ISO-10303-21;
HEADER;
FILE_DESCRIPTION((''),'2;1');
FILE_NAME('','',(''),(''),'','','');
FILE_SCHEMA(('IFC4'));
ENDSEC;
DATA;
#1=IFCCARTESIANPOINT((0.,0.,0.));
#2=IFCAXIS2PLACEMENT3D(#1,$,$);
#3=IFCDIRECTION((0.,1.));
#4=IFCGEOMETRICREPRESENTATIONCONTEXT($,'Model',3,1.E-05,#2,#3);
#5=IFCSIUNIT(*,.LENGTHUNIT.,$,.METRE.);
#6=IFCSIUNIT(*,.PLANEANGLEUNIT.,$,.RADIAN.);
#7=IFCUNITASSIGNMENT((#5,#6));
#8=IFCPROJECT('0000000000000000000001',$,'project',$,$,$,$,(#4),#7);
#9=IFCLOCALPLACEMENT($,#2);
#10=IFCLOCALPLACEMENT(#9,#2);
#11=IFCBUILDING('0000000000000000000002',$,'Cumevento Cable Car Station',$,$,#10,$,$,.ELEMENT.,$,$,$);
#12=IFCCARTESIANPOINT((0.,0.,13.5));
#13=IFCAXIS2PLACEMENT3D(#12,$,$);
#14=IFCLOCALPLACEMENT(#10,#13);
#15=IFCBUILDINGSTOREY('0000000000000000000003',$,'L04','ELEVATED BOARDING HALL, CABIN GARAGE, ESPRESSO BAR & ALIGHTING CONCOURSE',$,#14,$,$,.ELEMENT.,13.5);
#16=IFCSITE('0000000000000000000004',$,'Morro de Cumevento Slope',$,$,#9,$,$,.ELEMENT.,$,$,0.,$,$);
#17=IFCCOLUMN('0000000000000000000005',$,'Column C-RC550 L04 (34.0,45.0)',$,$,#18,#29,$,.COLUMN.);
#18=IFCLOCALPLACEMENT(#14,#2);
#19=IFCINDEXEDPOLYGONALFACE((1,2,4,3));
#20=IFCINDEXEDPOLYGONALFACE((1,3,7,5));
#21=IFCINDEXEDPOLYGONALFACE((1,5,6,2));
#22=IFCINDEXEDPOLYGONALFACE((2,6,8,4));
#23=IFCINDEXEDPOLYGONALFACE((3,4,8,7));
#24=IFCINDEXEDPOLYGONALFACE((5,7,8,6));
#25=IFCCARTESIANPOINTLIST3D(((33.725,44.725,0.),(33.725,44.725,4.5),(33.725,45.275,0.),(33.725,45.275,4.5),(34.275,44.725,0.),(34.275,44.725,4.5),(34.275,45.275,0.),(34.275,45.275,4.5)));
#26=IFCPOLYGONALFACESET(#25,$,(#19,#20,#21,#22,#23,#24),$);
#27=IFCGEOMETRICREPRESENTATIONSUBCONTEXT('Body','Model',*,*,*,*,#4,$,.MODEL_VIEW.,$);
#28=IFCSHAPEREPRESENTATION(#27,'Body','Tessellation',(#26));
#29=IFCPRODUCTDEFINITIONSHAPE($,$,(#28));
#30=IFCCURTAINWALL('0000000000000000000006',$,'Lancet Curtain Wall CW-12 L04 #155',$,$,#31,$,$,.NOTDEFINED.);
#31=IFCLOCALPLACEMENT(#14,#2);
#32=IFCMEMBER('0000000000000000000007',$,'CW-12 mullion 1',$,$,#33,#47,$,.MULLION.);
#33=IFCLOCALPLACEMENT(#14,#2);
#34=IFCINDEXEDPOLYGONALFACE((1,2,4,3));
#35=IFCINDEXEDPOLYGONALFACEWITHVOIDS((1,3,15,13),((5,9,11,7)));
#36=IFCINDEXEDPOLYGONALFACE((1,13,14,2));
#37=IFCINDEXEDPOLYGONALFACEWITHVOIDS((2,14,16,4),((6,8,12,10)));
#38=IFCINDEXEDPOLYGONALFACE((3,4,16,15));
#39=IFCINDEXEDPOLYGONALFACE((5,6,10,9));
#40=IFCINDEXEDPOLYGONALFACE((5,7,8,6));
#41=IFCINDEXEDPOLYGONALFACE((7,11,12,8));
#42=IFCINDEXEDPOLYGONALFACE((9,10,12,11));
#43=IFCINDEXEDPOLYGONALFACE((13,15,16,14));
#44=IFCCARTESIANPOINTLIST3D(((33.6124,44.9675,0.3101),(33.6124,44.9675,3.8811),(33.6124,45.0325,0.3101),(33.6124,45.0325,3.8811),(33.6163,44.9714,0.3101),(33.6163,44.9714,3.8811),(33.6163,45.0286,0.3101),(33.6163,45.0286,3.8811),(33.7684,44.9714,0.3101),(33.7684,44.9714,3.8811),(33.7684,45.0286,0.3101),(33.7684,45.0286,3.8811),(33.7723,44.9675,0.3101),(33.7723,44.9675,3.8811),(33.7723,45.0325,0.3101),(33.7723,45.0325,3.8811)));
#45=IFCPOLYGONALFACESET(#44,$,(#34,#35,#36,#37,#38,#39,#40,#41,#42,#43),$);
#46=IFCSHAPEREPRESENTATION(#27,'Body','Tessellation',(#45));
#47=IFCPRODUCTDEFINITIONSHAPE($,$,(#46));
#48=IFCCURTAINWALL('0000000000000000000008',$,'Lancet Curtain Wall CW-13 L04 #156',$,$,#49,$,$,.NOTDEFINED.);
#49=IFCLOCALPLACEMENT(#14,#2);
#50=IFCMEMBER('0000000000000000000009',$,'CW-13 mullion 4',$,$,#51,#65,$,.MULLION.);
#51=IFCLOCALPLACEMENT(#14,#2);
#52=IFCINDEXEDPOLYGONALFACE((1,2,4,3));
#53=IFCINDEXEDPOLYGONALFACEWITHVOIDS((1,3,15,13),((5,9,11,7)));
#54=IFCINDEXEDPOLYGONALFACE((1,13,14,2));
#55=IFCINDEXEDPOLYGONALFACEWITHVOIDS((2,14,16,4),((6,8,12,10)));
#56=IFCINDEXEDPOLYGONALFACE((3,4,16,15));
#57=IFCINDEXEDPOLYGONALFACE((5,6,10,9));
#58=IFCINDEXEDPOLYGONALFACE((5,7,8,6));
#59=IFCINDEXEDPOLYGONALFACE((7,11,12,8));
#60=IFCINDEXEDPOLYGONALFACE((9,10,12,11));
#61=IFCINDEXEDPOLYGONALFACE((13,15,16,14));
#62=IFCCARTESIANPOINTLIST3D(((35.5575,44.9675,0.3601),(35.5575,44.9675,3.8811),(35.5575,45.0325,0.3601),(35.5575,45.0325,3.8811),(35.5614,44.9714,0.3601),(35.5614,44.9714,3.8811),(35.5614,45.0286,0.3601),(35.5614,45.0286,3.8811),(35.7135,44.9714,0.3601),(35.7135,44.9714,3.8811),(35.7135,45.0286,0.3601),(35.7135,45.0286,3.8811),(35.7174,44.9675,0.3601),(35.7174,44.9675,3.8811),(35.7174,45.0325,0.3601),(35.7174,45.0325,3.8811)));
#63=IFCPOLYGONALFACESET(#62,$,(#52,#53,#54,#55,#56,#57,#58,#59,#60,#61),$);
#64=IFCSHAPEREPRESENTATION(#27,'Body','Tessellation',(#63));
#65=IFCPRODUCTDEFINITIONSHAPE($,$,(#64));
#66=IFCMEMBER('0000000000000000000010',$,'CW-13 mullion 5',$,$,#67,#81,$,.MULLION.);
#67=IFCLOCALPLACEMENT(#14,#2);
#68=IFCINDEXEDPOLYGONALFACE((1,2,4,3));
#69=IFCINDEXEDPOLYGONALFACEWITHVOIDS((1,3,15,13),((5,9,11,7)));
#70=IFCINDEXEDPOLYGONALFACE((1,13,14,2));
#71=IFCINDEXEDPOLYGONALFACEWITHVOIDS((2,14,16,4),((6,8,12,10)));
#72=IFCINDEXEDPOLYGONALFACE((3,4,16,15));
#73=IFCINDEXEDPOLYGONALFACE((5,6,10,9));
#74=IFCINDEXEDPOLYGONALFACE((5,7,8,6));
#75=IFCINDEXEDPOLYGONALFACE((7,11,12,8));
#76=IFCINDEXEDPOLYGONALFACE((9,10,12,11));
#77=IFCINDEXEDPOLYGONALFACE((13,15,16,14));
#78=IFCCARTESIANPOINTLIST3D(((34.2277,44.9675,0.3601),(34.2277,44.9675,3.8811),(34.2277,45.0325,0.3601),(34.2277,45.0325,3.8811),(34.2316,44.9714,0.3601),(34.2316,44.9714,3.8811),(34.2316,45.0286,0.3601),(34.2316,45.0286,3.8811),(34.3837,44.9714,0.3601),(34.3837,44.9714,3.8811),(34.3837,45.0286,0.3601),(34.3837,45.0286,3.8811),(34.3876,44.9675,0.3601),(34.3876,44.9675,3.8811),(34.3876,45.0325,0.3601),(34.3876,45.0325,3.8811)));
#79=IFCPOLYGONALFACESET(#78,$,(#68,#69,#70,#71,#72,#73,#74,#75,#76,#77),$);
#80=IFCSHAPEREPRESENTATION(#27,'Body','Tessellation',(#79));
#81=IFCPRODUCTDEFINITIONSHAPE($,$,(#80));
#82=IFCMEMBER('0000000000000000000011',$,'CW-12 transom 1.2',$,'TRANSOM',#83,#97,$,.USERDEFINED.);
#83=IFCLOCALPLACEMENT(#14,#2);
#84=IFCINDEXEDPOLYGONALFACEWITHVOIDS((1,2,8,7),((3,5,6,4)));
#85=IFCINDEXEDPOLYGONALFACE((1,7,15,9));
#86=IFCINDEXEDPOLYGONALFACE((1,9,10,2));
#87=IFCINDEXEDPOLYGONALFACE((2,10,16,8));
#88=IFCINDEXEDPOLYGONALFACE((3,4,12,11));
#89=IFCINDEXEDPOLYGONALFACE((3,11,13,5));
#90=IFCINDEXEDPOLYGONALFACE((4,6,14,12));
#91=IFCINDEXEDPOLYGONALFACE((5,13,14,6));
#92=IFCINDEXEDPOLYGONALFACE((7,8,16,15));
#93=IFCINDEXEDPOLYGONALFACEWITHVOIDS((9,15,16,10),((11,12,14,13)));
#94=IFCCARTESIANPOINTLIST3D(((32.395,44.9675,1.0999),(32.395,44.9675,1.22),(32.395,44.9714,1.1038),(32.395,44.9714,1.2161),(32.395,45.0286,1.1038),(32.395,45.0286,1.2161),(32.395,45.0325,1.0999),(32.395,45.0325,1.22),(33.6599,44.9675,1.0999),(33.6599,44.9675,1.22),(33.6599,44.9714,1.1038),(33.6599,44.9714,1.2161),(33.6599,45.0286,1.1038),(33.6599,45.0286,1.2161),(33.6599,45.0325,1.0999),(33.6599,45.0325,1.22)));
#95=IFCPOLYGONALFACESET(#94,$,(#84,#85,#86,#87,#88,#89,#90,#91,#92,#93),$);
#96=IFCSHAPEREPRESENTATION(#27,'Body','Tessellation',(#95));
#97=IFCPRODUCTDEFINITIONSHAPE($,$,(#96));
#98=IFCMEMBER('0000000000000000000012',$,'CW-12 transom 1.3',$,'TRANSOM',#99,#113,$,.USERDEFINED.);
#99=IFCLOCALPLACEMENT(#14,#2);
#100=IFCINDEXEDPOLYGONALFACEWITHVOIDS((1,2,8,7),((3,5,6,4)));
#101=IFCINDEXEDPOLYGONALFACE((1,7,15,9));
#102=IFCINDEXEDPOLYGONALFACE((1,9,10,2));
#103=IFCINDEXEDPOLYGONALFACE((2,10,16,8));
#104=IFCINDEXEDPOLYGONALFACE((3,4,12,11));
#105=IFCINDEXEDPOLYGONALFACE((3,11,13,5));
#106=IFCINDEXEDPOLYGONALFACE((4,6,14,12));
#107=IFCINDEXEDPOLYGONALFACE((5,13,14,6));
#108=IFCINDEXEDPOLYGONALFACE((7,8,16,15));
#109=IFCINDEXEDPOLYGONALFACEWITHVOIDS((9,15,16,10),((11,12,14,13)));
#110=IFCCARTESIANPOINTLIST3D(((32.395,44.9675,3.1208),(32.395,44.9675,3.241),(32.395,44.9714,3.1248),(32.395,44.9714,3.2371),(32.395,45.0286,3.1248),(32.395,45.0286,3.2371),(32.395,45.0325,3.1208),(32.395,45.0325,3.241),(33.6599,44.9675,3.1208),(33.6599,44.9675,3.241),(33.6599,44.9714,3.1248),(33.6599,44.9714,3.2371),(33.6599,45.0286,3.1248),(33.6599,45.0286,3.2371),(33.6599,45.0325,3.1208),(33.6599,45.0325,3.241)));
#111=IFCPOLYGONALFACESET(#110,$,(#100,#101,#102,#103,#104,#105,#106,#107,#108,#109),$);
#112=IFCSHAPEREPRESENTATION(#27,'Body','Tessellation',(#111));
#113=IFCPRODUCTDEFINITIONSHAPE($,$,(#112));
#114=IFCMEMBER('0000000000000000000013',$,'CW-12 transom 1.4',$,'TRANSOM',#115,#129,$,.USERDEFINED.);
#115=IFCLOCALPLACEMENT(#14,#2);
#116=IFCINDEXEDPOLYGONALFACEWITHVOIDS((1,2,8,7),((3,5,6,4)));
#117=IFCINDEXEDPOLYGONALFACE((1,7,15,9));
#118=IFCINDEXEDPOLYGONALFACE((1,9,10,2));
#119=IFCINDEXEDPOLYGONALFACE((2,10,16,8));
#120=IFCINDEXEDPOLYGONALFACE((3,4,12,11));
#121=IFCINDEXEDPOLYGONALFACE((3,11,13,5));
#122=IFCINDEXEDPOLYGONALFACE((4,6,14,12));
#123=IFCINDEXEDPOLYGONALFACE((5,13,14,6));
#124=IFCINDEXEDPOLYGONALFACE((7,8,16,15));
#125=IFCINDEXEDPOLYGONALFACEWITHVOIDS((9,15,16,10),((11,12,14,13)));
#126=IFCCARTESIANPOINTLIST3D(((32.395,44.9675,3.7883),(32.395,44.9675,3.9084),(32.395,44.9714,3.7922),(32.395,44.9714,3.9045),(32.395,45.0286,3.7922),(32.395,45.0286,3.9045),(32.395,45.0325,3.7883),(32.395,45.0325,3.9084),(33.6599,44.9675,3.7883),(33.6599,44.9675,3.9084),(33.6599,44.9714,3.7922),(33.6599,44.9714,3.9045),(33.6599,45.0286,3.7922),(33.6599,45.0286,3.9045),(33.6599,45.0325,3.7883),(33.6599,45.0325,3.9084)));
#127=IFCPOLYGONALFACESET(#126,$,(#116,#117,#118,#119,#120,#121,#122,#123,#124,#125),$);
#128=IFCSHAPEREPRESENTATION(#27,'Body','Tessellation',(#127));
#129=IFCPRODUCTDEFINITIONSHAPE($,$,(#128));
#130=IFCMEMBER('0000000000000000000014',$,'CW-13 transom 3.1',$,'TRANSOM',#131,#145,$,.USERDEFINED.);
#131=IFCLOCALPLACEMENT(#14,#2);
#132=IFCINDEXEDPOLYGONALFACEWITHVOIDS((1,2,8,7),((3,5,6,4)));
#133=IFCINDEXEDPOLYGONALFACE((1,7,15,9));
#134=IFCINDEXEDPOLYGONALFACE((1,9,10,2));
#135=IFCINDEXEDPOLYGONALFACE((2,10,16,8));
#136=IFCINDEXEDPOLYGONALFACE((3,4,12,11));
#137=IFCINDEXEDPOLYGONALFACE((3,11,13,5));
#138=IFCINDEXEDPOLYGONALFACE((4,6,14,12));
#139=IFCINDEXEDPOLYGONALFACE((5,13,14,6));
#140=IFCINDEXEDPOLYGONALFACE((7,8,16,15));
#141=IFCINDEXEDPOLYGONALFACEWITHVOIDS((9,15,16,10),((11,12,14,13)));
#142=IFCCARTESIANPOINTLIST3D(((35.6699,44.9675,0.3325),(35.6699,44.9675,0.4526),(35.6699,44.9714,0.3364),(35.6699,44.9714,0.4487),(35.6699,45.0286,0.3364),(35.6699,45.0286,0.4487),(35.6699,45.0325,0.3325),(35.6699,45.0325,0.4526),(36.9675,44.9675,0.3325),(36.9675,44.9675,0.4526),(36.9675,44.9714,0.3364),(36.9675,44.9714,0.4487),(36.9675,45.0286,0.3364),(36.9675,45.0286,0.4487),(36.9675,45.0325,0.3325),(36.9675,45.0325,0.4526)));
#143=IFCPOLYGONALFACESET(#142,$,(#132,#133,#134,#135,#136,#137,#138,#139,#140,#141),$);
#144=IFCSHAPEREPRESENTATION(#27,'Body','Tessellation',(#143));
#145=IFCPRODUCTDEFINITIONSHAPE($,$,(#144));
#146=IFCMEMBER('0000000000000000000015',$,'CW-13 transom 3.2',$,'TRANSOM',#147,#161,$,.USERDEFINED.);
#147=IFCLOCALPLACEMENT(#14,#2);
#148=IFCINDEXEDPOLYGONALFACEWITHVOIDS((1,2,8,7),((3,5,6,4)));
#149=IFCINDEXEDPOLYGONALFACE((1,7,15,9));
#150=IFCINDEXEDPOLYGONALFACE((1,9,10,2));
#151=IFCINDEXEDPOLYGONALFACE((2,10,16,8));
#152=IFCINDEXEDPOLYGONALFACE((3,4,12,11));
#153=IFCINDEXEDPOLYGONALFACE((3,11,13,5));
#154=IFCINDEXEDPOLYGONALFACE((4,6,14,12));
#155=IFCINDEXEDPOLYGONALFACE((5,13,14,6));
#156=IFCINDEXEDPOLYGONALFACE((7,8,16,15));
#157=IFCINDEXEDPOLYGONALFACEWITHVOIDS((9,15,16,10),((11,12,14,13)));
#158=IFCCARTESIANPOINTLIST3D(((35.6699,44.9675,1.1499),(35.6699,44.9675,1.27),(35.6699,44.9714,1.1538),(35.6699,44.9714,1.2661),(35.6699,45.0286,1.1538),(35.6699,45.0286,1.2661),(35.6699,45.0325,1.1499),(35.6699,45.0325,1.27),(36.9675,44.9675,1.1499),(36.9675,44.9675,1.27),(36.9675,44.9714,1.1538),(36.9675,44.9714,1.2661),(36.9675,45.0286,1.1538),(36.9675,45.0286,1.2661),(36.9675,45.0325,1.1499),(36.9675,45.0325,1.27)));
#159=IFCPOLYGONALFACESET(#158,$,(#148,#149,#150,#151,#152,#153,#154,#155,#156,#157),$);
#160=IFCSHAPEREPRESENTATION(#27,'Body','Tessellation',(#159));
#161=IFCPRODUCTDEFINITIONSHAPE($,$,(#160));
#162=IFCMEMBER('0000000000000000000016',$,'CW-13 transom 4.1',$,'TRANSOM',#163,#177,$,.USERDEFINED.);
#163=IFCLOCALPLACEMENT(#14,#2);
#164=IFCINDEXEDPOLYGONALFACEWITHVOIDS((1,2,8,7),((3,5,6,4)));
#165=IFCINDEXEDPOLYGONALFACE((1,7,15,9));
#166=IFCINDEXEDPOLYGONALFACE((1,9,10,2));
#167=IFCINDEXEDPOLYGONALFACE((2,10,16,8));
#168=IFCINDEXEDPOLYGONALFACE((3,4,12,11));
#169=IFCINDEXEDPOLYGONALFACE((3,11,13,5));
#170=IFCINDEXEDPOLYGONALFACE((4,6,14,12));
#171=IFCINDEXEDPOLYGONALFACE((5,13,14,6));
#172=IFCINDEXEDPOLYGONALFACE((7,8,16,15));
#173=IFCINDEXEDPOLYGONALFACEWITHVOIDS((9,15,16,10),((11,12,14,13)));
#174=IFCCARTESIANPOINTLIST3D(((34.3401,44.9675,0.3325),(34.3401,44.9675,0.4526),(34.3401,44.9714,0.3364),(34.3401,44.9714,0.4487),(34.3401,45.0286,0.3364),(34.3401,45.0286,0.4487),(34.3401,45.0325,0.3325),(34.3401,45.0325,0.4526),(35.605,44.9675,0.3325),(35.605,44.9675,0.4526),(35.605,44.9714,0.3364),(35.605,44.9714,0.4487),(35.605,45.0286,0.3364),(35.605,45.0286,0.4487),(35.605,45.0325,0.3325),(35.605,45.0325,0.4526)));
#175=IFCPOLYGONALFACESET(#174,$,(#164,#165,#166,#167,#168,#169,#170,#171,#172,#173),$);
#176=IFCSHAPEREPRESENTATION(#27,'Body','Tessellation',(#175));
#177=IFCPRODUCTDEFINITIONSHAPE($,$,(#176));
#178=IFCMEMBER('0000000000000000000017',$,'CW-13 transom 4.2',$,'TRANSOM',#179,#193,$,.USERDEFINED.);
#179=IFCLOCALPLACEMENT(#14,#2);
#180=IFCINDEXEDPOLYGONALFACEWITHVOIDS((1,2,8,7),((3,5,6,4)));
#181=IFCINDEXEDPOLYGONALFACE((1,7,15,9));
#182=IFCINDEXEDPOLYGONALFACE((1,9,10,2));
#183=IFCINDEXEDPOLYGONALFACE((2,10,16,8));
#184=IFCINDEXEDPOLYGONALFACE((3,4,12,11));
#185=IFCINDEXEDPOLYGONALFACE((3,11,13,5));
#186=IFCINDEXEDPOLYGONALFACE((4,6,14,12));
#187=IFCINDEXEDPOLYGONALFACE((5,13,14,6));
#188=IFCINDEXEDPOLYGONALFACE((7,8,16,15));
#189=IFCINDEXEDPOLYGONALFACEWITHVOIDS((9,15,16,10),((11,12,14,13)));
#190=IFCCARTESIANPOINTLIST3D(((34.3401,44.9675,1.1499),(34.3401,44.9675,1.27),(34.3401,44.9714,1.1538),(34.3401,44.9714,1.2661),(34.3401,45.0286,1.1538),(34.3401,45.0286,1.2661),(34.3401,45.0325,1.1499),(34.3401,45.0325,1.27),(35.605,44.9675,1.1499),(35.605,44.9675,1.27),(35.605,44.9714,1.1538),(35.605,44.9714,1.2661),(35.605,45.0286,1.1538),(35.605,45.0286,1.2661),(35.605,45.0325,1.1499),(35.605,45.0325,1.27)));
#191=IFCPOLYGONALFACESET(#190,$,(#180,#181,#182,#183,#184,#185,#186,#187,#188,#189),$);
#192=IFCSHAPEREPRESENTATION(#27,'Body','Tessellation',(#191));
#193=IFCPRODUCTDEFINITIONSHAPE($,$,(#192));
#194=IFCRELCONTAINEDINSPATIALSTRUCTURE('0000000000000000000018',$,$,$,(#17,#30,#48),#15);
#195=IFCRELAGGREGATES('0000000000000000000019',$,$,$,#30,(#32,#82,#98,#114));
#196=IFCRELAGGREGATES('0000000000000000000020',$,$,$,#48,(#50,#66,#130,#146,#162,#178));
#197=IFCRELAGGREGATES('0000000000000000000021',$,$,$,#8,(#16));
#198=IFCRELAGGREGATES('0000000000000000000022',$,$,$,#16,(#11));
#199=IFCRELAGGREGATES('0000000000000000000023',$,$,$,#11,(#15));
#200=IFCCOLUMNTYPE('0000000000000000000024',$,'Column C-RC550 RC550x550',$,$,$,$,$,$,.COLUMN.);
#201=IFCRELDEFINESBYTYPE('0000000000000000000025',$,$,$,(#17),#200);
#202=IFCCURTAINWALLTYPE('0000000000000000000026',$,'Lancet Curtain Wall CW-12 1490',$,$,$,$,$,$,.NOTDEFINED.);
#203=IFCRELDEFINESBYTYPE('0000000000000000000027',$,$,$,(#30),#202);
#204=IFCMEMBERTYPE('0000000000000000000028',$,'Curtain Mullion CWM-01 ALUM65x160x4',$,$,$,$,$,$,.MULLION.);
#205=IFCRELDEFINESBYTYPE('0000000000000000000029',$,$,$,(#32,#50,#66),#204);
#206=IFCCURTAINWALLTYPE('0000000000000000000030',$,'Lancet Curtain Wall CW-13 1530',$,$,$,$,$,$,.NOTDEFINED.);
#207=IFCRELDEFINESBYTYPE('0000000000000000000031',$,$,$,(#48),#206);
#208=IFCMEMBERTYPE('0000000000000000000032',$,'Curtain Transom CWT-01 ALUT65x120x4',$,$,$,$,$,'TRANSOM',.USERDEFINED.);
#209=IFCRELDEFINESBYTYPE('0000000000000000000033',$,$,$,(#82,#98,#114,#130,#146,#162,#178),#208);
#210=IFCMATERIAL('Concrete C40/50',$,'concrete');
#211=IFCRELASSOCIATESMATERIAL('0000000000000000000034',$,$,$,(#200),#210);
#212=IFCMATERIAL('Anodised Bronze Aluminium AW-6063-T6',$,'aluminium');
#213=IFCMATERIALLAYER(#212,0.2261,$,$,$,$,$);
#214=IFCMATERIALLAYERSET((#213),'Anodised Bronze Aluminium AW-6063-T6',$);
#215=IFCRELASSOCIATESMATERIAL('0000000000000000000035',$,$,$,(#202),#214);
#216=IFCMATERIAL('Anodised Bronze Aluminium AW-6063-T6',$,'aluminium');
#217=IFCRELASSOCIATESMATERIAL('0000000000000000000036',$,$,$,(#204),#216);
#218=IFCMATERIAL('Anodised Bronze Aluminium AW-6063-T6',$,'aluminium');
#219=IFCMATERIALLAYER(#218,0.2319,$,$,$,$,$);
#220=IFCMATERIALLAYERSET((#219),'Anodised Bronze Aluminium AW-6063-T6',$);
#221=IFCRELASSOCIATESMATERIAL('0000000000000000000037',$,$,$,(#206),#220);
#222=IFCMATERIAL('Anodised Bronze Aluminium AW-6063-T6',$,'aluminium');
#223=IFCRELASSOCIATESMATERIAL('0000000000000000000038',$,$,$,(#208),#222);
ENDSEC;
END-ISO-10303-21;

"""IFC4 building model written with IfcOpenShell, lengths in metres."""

from ifc_helpers import new_model, si_unit, direction, frame, origin, origin_2d, place, context, subcontext, project, spatial, rectangle, hollow_rectangle, extrude, material, layer, layer_set, material_profile, profile_set, type_object, element, aggregate, save


model = new_model("IFC4")

# Units and contexts
model_context = context("Model", 3, precision=1e-05, world=origin(), true_north=direction((0.0, 1.0)))
body_context = subcontext(model_context, "Body", "Model", "MODEL_VIEW")
ifc_project = project(units=[si_unit("LENGTHUNIT", "METRE"), si_unit("PLANEANGLEUNIT", "RADIAN")], contexts=[model_context])

# Site, building, storey
site_placement = place(None, origin())
site = spatial("IfcSite", under=ifc_project, at=site_placement, Name="Morro de Cumevento Slope", CompositionType="ELEMENT", RefElevation=0.0)
building_placement = place(site_placement, origin())
building = spatial("IfcBuilding", under=site, at=building_placement, Name="Cumevento Cable Car Station", CompositionType="ELEMENT")
storey_placement = place(building_placement, frame((0.0, 0.0, 13.5)))
storey = spatial("IfcBuildingStorey", under=building, at=storey_placement, Name="L04", Description="ELEVATED BOARDING HALL, CABIN GARAGE, ESPRESSO BAR & ALIGHTING CONCOURSE", CompositionType="ELEMENT", Elevation=13.5)

# Column
ifc_material_1 = material(Name="Concrete C40/50", Category="concrete")
ifc_material_profile_1 = material_profile(ifc_material_1, rectangle(XDim=0.55, YDim=0.55, at=origin_2d()), Name="RC550x550")
ifc_profile_set_1 = profile_set([ifc_material_profile_1], Name="Concrete C40/50")
column_type = type_object("IfcColumnType", Name="Column C-RC550 RC550x550", PredefinedType="COLUMN", material=ifc_profile_set_1)
column_placement = place(storey_placement, frame((34.0, 45.0, 0.0), z_axis=(0.0, 0.0, 1.0), x_axis=(1.0, 0.0, 0.0)))
element("IfcColumn", 1, at=column_placement, inside=storey, type_object=column_type, Name="Column C-RC550 L04 (34.0,45.0)", PredefinedType="COLUMN", context=body_context, shape_type="SweptSolid", body=[
    extrude(rectangle(XDim=0.55, YDim=0.55, at=origin_2d()), origin(), (0.0, 0.0, 1.0), 4.5),
])

# Curtain wall, member
ifc_material_2 = material(Name="Anodised Bronze Aluminium AW-6063-T6", Category="aluminium")
ifc_layer_1 = layer(ifc_material_2, 0.2261)
ifc_layer_set_1 = layer_set([ifc_layer_1], Name="Anodised Bronze Aluminium AW-6063-T6")
curtain_wall_type_1 = type_object("IfcCurtainWallType", Name="Lancet Curtain Wall CW-12 1490", PredefinedType="NOTDEFINED", material=ifc_layer_set_1)
curtain_wall_1_placement = place(storey_placement, origin())
curtain_wall_1 = element("IfcCurtainWall", 2, at=curtain_wall_1_placement, inside=storey, type_object=curtain_wall_type_1, Name="Lancet Curtain Wall CW-12 L04 #155", PredefinedType="NOTDEFINED")
ifc_material_3 = material(Name="Anodised Bronze Aluminium AW-6063-T6", Category="aluminium")
ifc_material_profile_2 = material_profile(ifc_material_3, hollow_rectangle(XDim=0.0649, YDim=0.1599, WallThickness=0.0039, at=origin_2d()), Name="ALUM65x160x4")
ifc_profile_set_2 = profile_set([ifc_material_profile_2], Name="Anodised Bronze Aluminium AW-6063-T6")
member_type_1 = type_object("IfcMemberType", Name="Curtain Mullion CWM-01 ALUM65x160x4", PredefinedType="MULLION", material=ifc_profile_set_2)
member_1_placement = place(storey_placement, frame((33.6924, 45.0, 0.3101), z_axis=(0.0, 0.0, 1.0), x_axis=(0.0, -1.0, 0.0)))
member_1 = element("IfcMember", 3, at=member_1_placement, type_object=member_type_1, Name="CW-12 mullion 1", PredefinedType="MULLION", context=body_context, shape_type="SweptSolid", body=[
    extrude(hollow_rectangle(XDim=0.0649, YDim=0.1599, WallThickness=0.0039, at=origin_2d()), origin(), (0.0, 0.0, 1.0), 3.571),
])

# Curtain wall, members
ifc_material_4 = material(Name="Anodised Bronze Aluminium AW-6063-T6", Category="aluminium")
ifc_layer_2 = layer(ifc_material_4, 0.2319)
ifc_layer_set_2 = layer_set([ifc_layer_2], Name="Anodised Bronze Aluminium AW-6063-T6")
curtain_wall_type_2 = type_object("IfcCurtainWallType", Name="Lancet Curtain Wall CW-13 1530", PredefinedType="NOTDEFINED", material=ifc_layer_set_2)
curtain_wall_2_placement = place(storey_placement, origin())
curtain_wall_2 = element("IfcCurtainWall", 4, at=curtain_wall_2_placement, inside=storey, type_object=curtain_wall_type_2, Name="Lancet Curtain Wall CW-13 L04 #156", PredefinedType="NOTDEFINED")
member_2_placement = place(storey_placement, frame((35.6375, 45.0, 0.3601), z_axis=(0.0, 0.0, 1.0), x_axis=(0.0, -1.0, 0.0)))
member_2 = element("IfcMember", 5, at=member_2_placement, type_object=member_type_1, Name="CW-13 mullion 4", PredefinedType="MULLION", context=body_context, shape_type="SweptSolid", body=[
    extrude(hollow_rectangle(XDim=0.0649, YDim=0.1599, WallThickness=0.0039, at=origin_2d()), origin(), (0.0, 0.0, 1.0), 3.521),
])
member_3_placement = place(storey_placement, frame((34.3076, 45.0, 0.3601), z_axis=(0.0, 0.0, 1.0), x_axis=(0.0, -1.0, 0.0)))
member_3 = element("IfcMember", 6, at=member_3_placement, type_object=member_type_1, Name="CW-13 mullion 5", PredefinedType="MULLION", context=body_context, shape_type="SweptSolid", body=[
    extrude(hollow_rectangle(XDim=0.0649, YDim=0.1599, WallThickness=0.0039, at=origin_2d()), origin(), (0.0, 0.0, 1.0), 3.521),
])

# Members
ifc_material_5 = material(Name="Anodised Bronze Aluminium AW-6063-T6", Category="aluminium")
ifc_material_profile_3 = material_profile(ifc_material_5, hollow_rectangle(XDim=0.0649, YDim=0.1201, WallThickness=0.0039, at=origin_2d()), Name="ALUT65x120x4")
ifc_profile_set_3 = profile_set([ifc_material_profile_3], Name="Anodised Bronze Aluminium AW-6063-T6")
member_type_2 = type_object("IfcMemberType", Name="Curtain Transom CWT-01 ALUT65x120x4", ElementType="TRANSOM", PredefinedType="USERDEFINED", material=ifc_profile_set_3)
member_4_placement = place(storey_placement, frame((33.6599, 45.0, 1.1599), z_axis=(-1.0, 0.0, 0.0), x_axis=(0.0, -1.0, 0.0)))
member_4 = element("IfcMember", 7, at=member_4_placement, type_object=member_type_2, Name="CW-12 transom 1.2", ObjectType="TRANSOM", PredefinedType="USERDEFINED", context=body_context, shape_type="SweptSolid", body=[
    extrude(hollow_rectangle(XDim=0.0649, YDim=0.1201, WallThickness=0.0039, at=origin_2d()), origin(), (0.0, 0.0, 1.0), 1.2649),
])
member_5_placement = place(storey_placement, frame((33.6599, 45.0, 3.1809), z_axis=(-1.0, 0.0, 0.0), x_axis=(0.0, -1.0, 0.0)))
member_5 = element("IfcMember", 8, at=member_5_placement, type_object=member_type_2, Name="CW-12 transom 1.3", ObjectType="TRANSOM", PredefinedType="USERDEFINED", context=body_context, shape_type="SweptSolid", body=[
    extrude(hollow_rectangle(XDim=0.0649, YDim=0.1201, WallThickness=0.0039, at=origin_2d()), origin(), (0.0, 0.0, 1.0), 1.2649),
])
member_6_placement = place(storey_placement, frame((33.6599, 45.0, 3.8484), z_axis=(-1.0, 0.0, 0.0), x_axis=(0.0, -1.0, 0.0)))
member_6 = element("IfcMember", 9, at=member_6_placement, type_object=member_type_2, Name="CW-12 transom 1.4", ObjectType="TRANSOM", PredefinedType="USERDEFINED", context=body_context, shape_type="SweptSolid", body=[
    extrude(hollow_rectangle(XDim=0.0649, YDim=0.1201, WallThickness=0.0039, at=origin_2d()), origin(), (0.0, 0.0, 1.0), 1.2649),
])
aggregate(curtain_wall_1, [member_1, member_4, member_5, member_6])
member_7_placement = place(storey_placement, frame((36.9675, 45.0, 0.3926), z_axis=(-1.0, 0.0, 0.0), x_axis=(0.0, -1.0, 0.0)))
member_7 = element("IfcMember", 10, at=member_7_placement, type_object=member_type_2, Name="CW-13 transom 3.1", ObjectType="TRANSOM", PredefinedType="USERDEFINED", context=body_context, shape_type="SweptSolid", body=[
    extrude(hollow_rectangle(XDim=0.0649, YDim=0.1201, WallThickness=0.0039, at=origin_2d()), origin(), (0.0, 0.0, 1.0), 1.2976),
])
member_8_placement = place(storey_placement, frame((36.9675, 45.0, 1.21), z_axis=(-1.0, 0.0, 0.0), x_axis=(0.0, -1.0, 0.0)))
member_8 = element("IfcMember", 11, at=member_8_placement, type_object=member_type_2, Name="CW-13 transom 3.2", ObjectType="TRANSOM", PredefinedType="USERDEFINED", context=body_context, shape_type="SweptSolid", body=[
    extrude(hollow_rectangle(XDim=0.0649, YDim=0.1201, WallThickness=0.0039, at=origin_2d()), origin(), (0.0, 0.0, 1.0), 1.2976),
])
member_9_placement = place(storey_placement, frame((35.605, 45.0, 0.3926), z_axis=(-1.0, 0.0, 0.0), x_axis=(0.0, -1.0, 0.0)))
member_9 = element("IfcMember", 12, at=member_9_placement, type_object=member_type_2, Name="CW-13 transom 4.1", ObjectType="TRANSOM", PredefinedType="USERDEFINED", context=body_context, shape_type="SweptSolid", body=[
    extrude(hollow_rectangle(XDim=0.0649, YDim=0.1201, WallThickness=0.0039, at=origin_2d()), origin(), (0.0, 0.0, 1.0), 1.2649),
])
member_10_placement = place(storey_placement, frame((35.605, 45.0, 1.21), z_axis=(-1.0, 0.0, 0.0), x_axis=(0.0, -1.0, 0.0)))
member_10 = element("IfcMember", 13, at=member_10_placement, type_object=member_type_2, Name="CW-13 transom 4.2", ObjectType="TRANSOM", PredefinedType="USERDEFINED", context=body_context, shape_type="SweptSolid", body=[
    extrude(hollow_rectangle(XDim=0.0649, YDim=0.1201, WallThickness=0.0039, at=origin_2d()), origin(), (0.0, 0.0, 1.0), 1.2649),
])

aggregate(curtain_wall_2, [member_2, member_3, member_7, member_8, member_9, member_10])

save(model, "model.ifc")
